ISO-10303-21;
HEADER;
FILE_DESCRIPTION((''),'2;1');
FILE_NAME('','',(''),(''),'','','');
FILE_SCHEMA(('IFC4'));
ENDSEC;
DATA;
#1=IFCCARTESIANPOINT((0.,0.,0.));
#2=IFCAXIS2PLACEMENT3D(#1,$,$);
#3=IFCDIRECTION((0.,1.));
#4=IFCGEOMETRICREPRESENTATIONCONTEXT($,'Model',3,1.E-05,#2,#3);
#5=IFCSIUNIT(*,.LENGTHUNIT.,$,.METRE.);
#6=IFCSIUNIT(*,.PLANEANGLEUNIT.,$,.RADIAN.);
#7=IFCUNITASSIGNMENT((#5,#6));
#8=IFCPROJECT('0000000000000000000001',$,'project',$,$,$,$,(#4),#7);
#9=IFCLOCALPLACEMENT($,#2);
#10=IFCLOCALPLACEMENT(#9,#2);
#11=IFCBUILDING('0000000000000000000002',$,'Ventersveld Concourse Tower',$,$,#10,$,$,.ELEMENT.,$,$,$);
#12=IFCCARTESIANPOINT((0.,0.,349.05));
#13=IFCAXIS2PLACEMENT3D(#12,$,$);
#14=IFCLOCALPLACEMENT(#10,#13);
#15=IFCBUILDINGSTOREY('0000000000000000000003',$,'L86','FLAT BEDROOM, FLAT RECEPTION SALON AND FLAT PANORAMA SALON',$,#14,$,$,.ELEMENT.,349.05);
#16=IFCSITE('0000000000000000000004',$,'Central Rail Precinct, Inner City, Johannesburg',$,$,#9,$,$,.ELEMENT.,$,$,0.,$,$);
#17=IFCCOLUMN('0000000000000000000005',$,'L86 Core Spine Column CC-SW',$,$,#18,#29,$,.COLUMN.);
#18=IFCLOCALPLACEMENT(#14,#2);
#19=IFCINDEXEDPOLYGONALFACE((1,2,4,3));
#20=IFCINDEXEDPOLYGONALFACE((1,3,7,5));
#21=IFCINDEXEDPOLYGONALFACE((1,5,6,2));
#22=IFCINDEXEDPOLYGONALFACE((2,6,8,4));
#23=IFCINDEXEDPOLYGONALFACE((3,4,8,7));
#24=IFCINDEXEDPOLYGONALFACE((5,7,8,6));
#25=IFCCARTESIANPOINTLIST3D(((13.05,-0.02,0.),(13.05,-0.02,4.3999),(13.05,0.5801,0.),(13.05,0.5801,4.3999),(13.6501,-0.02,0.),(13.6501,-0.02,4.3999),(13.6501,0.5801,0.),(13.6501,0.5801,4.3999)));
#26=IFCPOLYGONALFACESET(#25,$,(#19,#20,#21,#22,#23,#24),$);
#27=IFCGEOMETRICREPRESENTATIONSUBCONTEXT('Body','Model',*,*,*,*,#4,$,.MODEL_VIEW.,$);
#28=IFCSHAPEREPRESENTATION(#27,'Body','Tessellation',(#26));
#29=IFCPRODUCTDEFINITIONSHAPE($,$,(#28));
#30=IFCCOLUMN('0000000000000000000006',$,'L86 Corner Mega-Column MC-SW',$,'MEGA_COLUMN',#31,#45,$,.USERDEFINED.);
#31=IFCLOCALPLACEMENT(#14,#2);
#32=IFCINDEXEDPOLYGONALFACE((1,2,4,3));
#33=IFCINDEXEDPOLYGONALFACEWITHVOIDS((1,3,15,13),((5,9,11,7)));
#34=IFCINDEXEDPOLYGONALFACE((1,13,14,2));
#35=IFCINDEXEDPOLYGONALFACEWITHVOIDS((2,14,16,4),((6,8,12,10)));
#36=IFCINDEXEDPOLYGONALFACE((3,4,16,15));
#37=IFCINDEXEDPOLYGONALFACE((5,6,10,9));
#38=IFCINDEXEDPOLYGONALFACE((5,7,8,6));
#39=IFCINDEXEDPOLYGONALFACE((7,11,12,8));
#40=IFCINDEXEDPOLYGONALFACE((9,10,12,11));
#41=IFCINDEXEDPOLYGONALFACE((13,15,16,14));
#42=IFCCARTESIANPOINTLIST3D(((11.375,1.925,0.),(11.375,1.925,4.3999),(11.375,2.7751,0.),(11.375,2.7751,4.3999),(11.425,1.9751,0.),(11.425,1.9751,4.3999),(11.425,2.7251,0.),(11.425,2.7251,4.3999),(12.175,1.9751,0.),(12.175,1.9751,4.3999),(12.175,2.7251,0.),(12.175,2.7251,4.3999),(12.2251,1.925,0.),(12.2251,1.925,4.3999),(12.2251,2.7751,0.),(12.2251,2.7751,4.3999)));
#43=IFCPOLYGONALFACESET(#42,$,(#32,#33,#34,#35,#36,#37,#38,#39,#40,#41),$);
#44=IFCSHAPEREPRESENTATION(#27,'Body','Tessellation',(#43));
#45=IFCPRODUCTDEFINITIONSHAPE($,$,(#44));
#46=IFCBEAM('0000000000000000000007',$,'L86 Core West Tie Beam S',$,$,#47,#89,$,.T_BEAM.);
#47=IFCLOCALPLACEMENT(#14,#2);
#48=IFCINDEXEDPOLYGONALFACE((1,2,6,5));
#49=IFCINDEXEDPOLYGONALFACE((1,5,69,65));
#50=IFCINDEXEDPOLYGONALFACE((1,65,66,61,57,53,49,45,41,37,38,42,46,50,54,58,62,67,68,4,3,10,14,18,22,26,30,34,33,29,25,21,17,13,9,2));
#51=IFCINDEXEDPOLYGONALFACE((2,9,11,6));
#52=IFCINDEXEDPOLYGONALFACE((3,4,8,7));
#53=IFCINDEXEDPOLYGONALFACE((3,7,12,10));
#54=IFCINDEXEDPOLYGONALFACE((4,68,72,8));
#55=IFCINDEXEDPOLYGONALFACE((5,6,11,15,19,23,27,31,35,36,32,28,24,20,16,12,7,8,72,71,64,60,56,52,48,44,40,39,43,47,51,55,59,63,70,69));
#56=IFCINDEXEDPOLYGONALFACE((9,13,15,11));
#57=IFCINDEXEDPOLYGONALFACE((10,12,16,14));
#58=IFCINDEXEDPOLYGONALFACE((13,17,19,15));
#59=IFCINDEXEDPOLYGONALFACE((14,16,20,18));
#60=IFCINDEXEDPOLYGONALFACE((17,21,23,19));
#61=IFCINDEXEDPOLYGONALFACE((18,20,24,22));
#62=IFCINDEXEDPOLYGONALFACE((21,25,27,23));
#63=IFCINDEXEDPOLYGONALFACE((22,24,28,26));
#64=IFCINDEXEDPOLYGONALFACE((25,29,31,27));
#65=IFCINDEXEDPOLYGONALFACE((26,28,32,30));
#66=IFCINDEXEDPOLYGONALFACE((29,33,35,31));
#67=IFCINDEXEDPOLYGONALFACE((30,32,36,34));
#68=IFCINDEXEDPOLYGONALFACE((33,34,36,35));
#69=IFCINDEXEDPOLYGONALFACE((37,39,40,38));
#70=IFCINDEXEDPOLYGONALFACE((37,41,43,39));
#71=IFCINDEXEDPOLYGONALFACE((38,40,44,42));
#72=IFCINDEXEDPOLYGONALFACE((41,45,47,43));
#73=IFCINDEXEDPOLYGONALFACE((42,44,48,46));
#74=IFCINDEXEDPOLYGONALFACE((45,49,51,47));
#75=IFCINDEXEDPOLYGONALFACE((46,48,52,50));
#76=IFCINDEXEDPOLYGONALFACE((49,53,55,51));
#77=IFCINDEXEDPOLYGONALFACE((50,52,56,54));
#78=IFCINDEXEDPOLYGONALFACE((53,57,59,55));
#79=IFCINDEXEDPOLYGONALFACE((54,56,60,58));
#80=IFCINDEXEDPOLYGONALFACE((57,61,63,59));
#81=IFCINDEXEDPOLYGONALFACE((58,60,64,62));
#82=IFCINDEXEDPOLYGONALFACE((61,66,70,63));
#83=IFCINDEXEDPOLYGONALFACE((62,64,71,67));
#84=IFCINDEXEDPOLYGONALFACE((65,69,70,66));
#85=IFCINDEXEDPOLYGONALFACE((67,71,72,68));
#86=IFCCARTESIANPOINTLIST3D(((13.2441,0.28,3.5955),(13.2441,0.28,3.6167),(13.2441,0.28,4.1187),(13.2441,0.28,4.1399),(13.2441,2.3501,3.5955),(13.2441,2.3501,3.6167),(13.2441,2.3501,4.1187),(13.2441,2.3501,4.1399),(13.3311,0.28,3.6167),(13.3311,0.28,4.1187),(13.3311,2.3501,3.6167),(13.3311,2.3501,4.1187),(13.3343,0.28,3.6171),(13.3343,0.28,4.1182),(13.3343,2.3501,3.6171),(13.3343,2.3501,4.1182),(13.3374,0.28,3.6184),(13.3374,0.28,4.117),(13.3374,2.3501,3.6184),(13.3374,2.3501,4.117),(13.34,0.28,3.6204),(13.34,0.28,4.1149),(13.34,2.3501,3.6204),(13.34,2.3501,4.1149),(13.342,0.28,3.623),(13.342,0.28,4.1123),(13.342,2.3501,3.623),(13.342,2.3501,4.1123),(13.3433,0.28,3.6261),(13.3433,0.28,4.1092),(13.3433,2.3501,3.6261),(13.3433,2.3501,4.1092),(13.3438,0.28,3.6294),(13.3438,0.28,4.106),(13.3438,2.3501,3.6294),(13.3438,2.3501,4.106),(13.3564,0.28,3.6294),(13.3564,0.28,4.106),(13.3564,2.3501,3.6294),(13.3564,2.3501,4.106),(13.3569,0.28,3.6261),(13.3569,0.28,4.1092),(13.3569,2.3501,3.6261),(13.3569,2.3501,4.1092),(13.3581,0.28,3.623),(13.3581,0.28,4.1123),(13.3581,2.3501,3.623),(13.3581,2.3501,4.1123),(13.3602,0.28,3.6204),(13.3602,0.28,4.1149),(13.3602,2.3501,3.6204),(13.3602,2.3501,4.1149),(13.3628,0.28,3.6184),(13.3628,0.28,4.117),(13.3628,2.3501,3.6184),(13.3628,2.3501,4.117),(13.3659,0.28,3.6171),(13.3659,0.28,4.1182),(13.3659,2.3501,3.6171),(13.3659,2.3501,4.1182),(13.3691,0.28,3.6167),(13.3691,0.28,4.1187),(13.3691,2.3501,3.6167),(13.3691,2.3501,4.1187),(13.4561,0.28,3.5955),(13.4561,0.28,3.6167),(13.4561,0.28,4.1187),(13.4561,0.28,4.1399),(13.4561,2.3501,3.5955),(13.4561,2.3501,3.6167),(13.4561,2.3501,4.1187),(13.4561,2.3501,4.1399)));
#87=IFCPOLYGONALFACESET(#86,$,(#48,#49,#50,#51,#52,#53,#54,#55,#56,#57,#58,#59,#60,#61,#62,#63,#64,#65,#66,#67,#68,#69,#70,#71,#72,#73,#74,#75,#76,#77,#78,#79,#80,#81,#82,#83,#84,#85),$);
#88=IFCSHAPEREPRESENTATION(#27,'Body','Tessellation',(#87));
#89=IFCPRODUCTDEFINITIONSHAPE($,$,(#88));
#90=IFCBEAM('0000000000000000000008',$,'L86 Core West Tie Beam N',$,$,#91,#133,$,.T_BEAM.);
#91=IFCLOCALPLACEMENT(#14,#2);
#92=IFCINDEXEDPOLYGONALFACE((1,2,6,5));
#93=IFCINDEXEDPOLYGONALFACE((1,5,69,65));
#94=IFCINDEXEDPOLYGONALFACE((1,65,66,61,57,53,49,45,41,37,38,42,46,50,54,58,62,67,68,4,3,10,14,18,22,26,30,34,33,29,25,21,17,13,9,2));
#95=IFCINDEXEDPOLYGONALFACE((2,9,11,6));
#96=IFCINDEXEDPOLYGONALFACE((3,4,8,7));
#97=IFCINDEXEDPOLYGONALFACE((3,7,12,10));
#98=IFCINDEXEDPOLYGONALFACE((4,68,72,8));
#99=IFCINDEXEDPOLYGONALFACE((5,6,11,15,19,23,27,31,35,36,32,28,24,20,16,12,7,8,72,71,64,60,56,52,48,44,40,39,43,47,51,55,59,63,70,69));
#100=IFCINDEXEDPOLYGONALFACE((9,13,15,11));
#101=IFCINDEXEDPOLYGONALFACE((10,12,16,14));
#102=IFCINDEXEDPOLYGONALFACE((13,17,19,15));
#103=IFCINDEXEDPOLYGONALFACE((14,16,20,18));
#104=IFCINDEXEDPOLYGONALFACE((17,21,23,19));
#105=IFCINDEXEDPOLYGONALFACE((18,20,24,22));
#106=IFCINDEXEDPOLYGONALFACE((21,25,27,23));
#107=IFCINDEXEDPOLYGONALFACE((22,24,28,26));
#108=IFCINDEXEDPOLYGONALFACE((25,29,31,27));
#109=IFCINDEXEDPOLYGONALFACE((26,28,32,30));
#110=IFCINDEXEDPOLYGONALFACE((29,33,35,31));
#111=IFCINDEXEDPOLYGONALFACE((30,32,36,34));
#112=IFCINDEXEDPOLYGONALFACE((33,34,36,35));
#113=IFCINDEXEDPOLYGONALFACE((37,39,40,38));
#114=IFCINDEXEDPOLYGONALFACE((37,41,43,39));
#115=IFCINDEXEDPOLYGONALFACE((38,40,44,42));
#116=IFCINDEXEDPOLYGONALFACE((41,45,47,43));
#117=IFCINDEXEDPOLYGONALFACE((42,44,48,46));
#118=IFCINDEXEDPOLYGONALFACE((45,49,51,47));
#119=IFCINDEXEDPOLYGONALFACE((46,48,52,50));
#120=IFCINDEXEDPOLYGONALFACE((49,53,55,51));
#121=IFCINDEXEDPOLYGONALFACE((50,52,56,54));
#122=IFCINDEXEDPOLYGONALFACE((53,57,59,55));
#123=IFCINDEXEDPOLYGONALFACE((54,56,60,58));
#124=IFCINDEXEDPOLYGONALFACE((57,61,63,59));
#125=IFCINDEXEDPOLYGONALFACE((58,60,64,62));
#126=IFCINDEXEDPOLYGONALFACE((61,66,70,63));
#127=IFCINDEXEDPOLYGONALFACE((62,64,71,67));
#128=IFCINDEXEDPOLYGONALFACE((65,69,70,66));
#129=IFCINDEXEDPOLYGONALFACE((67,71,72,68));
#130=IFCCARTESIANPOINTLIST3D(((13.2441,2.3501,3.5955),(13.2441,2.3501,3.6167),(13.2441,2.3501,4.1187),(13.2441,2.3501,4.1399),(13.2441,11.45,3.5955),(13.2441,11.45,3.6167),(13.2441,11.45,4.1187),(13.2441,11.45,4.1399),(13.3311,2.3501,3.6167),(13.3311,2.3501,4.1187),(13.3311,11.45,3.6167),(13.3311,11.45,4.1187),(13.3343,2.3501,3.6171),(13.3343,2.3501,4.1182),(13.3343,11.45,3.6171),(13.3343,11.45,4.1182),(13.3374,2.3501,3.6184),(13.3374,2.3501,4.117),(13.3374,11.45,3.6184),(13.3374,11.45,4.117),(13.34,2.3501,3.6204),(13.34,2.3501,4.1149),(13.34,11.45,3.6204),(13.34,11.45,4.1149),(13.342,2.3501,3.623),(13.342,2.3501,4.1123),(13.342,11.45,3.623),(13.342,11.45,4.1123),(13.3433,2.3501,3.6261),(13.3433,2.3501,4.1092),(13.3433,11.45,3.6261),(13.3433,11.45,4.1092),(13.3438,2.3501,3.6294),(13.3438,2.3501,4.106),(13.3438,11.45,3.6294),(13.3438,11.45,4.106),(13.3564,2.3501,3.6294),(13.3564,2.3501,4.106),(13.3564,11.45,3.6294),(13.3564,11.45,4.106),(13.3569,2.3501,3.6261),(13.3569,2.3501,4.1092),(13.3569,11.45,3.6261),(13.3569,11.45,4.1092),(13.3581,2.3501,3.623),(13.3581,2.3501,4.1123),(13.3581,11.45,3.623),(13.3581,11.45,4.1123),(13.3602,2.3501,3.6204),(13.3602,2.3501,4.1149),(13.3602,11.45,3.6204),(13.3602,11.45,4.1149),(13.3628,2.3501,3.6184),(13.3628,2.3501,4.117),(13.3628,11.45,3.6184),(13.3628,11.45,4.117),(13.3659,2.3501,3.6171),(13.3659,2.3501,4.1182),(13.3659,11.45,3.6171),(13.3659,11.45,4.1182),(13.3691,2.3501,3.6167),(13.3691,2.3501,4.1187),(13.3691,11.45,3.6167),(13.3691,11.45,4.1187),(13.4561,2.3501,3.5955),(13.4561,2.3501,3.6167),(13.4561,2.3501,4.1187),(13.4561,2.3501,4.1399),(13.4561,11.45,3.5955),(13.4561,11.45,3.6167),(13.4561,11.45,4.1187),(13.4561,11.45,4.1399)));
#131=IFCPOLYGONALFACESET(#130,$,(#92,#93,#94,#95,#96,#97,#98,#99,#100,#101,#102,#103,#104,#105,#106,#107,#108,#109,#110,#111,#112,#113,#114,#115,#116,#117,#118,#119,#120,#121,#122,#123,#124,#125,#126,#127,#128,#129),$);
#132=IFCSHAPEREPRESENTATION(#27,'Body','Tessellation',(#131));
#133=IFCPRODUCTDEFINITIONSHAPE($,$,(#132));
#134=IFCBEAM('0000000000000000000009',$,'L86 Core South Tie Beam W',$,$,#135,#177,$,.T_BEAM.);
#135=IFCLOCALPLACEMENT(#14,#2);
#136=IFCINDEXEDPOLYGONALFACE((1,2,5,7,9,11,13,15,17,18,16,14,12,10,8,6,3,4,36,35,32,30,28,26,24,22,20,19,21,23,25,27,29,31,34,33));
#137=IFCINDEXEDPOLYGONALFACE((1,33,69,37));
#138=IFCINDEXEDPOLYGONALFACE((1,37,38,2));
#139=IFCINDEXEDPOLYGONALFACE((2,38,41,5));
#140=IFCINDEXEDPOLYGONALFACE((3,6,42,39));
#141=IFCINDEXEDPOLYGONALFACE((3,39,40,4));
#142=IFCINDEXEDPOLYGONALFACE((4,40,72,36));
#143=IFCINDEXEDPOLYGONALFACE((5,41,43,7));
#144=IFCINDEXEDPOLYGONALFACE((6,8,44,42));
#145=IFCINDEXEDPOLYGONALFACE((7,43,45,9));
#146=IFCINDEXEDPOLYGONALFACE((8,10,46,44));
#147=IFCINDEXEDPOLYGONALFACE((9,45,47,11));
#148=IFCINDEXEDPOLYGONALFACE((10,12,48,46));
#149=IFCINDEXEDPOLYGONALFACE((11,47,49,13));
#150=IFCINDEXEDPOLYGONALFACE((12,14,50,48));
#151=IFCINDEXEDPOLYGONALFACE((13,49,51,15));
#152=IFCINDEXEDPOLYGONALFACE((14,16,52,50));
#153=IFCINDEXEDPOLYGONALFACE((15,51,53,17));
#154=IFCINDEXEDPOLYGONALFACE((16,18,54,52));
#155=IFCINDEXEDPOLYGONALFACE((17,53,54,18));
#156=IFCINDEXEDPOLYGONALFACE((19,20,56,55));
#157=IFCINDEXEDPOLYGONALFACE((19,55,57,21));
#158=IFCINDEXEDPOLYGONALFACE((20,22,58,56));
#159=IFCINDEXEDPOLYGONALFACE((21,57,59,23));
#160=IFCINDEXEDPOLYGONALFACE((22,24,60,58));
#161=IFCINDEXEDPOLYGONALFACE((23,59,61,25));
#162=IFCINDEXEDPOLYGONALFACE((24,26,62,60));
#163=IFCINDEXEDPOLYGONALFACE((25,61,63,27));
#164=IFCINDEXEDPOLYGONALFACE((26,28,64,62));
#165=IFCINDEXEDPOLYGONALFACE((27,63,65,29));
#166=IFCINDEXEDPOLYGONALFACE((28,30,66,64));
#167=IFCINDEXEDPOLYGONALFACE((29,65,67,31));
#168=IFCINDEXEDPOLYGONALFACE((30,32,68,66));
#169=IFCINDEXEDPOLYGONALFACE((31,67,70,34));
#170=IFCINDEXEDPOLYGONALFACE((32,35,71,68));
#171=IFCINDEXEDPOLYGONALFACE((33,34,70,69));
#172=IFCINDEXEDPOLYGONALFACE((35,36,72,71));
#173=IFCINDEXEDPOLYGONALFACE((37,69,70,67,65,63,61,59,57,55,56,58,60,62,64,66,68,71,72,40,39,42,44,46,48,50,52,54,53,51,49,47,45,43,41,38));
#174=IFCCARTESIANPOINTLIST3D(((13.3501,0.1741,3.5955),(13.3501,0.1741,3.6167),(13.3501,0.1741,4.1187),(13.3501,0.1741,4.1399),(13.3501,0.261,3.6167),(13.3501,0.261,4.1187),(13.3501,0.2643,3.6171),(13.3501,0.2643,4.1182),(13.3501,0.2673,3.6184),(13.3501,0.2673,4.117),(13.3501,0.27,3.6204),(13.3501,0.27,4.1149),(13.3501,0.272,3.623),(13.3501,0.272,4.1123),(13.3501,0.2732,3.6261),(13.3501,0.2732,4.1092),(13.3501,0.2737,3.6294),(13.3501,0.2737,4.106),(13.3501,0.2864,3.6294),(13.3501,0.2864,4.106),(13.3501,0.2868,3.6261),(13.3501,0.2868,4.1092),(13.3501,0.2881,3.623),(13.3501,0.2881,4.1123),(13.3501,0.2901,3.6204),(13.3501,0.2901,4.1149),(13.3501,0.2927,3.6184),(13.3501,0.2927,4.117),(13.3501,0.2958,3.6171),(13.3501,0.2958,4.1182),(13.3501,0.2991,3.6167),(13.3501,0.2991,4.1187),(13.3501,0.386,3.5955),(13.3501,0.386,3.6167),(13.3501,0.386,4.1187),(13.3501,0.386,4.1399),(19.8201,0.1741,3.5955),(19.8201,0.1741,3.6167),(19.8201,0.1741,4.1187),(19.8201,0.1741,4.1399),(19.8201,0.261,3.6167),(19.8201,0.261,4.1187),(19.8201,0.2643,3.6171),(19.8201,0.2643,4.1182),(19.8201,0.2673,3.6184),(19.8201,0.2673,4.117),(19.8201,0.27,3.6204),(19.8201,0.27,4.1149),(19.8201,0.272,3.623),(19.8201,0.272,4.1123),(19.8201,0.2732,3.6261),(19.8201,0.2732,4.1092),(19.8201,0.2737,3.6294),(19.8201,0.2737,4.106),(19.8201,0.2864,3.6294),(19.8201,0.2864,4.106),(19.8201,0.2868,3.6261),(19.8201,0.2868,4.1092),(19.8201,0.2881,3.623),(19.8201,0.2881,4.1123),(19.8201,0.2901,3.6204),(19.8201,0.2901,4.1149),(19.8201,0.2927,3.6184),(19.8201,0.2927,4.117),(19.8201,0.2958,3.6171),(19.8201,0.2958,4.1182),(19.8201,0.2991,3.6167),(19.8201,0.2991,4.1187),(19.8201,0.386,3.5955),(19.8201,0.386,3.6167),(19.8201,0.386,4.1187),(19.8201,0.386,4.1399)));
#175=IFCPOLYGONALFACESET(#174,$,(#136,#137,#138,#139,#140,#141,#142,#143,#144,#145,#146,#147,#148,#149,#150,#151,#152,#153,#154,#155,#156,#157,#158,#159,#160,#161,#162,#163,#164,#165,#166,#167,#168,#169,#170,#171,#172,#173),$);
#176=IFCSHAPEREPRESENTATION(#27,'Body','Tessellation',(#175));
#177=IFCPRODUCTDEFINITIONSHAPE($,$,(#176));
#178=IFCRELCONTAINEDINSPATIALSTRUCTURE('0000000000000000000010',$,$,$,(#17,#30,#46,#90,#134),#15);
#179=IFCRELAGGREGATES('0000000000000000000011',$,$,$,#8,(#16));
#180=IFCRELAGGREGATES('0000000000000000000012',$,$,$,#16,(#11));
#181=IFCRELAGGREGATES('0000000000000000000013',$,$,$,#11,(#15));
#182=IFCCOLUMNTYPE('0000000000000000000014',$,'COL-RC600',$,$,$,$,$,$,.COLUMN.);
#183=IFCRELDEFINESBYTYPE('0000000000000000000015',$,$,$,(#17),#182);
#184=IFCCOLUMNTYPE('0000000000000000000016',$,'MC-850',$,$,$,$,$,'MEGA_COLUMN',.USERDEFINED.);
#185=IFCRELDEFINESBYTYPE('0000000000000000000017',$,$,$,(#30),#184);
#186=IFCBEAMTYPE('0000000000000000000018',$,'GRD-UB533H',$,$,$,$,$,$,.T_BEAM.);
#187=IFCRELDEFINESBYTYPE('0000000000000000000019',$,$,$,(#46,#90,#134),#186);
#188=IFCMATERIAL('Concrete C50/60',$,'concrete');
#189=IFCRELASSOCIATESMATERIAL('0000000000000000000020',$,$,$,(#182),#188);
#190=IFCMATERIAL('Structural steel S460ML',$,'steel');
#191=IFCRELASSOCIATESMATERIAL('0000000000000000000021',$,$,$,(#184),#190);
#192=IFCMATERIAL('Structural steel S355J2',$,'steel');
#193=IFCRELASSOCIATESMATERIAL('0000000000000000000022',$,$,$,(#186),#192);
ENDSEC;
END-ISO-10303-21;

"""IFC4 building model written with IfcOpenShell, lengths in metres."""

from ifc_helpers import new_model, si_unit, direction, frame, origin, origin_2d, place, context, subcontext, project, spatial, rectangle, hollow_rectangle, i_section, extrude, material, material_profile, profile_set, type_object, element, save


model = new_model("IFC4")

# Units and contexts
model_context = context("Model", 3, precision=1e-05, world=origin(), true_north=direction((0.0, 1.0)))
body_context = subcontext(model_context, "Body", "Model", "MODEL_VIEW")
ifc_project = project(units=[si_unit("LENGTHUNIT", "METRE"), si_unit("PLANEANGLEUNIT", "RADIAN")], contexts=[model_context])

# Site, building, storey
site_placement = place(None, origin())
site = spatial("IfcSite", under=ifc_project, at=site_placement, Name="Central Rail Precinct, Inner City, Johannesburg", CompositionType="ELEMENT", RefElevation=0.0)
building_placement = place(site_placement, origin())
building = spatial("IfcBuilding", under=site, at=building_placement, Name="Ventersveld Concourse Tower", CompositionType="ELEMENT")
storey_placement = place(building_placement, frame((0.0, 0.0, 349.05)))
storey = spatial("IfcBuildingStorey", under=building, at=storey_placement, Name="L86", Description="FLAT BEDROOM, FLAT RECEPTION SALON AND FLAT PANORAMA SALON", CompositionType="ELEMENT", Elevation=349.05)

# Columns
ifc_material_1 = material(Name="Concrete C50/60", Category="concrete")
ifc_material_profile_1 = material_profile(ifc_material_1, rectangle(XDim=0.6001, YDim=0.6001, at=origin_2d()), Name="RC 600x600")
ifc_profile_set_1 = profile_set([ifc_material_profile_1], Name="Concrete C50/60")
column_type_1 = type_object("IfcColumnType", Name="COL-RC600", PredefinedType="COLUMN", material=ifc_profile_set_1)
column_1_placement = place(storey_placement, frame((13.3501, 0.28, 0.0), z_axis=(0.0, 0.0, 1.0), x_axis=(1.0, 0.0, 0.0)))
element("IfcColumn", 1, at=column_1_placement, inside=storey, type_object=column_type_1, Name="L86 Core Spine Column CC-SW", PredefinedType="COLUMN", context=body_context, shape_type="SweptSolid", body=[
    extrude(rectangle(XDim=0.6001, YDim=0.6001, at=origin_2d()), origin(), (0.0, 0.0, 1.0), 4.3999),
])
ifc_material_2 = material(Name="Structural steel S460ML", Category="steel")
ifc_material_profile_2 = material_profile(ifc_material_2, hollow_rectangle(XDim=0.8501, YDim=0.8501, WallThickness=0.05, at=origin_2d()), Name="BOX 850x850x50")
ifc_profile_set_2 = profile_set([ifc_material_profile_2], Name="Structural steel S460ML")
column_type_2 = type_object("IfcColumnType", Name="MC-850", ElementType="MEGA_COLUMN", PredefinedType="USERDEFINED", material=ifc_profile_set_2)
column_2_placement = place(storey_placement, frame((11.8, 2.3501, 0.0), z_axis=(0.0, 0.0, 1.0), x_axis=(1.0, 0.0, 0.0)))
element("IfcColumn", 2, at=column_2_placement, inside=storey, type_object=column_type_2, Name="L86 Corner Mega-Column MC-SW", ObjectType="MEGA_COLUMN", PredefinedType="USERDEFINED", context=body_context, shape_type="SweptSolid", body=[
    extrude(hollow_rectangle(XDim=0.8501, YDim=0.8501, WallThickness=0.05, at=origin_2d()), origin(), (0.0, 0.0, 1.0), 4.3999),
])

# Beams
ifc_material_3 = material(Name="Structural steel S355J2", Category="steel")
ifc_material_profile_3 = material_profile(ifc_material_3, i_section(OverallWidth=0.2119, OverallDepth=0.5444, WebThickness=0.0127, FlangeThickness=0.0212, FilletRadius=0.0127, at=origin_2d()), Name="UB 533x210x122")
ifc_profile_set_3 = profile_set([ifc_material_profile_3], Name="Structural steel S355J2")
beam_type_1 = type_object("IfcBeamType", Name="GRD-UB533H", PredefinedType="T_BEAM", material=ifc_profile_set_3)
beam_1_placement = place(storey_placement, frame((13.3501, 0.28, 3.8677), z_axis=(0.0, 1.0, 0.0), x_axis=(-1.0, 0.0, 0.0)))
element("IfcBeam", 3, at=beam_1_placement, inside=storey, type_object=beam_type_1, Name="L86 Core West Tie Beam S", PredefinedType="T_BEAM", context=body_context, shape_type="SweptSolid", body=[
    extrude(i_section(OverallWidth=0.2119, OverallDepth=0.5444, WebThickness=0.0127, FlangeThickness=0.0212, FilletRadius=0.0127, at=origin_2d()), origin(), (0.0, 0.0, 1.0), 2.0701),
])
beam_2_placement = place(storey_placement, frame((13.3501, 2.3501, 3.8677), z_axis=(0.0, 1.0, 0.0), x_axis=(-1.0, 0.0, 0.0)))
element("IfcBeam", 4, at=beam_2_placement, inside=storey, type_object=beam_type_1, Name="L86 Core West Tie Beam N", PredefinedType="T_BEAM", context=body_context, shape_type="SweptSolid", body=[
    extrude(i_section(OverallWidth=0.2119, OverallDepth=0.5444, WebThickness=0.0127, FlangeThickness=0.0212, FilletRadius=0.0127, at=origin_2d()), origin(), (0.0, 0.0, 1.0), 9.0999),
])
beam_3_placement = place(storey_placement, frame((13.3501, 0.28, 3.8677), z_axis=(1.0, 0.0, 0.0), x_axis=(0.0, 1.0, 0.0)))
element("IfcBeam", 5, at=beam_3_placement, inside=storey, type_object=beam_type_1, Name="L86 Core South Tie Beam W", PredefinedType="T_BEAM", context=body_context, shape_type="SweptSolid", body=[
    extrude(i_section(OverallWidth=0.2119, OverallDepth=0.5444, WebThickness=0.0127, FlangeThickness=0.0212, FilletRadius=0.0127, at=origin_2d()), origin(), (0.0, 0.0, 1.0), 6.47),
])

save(model, "model.ifc")
